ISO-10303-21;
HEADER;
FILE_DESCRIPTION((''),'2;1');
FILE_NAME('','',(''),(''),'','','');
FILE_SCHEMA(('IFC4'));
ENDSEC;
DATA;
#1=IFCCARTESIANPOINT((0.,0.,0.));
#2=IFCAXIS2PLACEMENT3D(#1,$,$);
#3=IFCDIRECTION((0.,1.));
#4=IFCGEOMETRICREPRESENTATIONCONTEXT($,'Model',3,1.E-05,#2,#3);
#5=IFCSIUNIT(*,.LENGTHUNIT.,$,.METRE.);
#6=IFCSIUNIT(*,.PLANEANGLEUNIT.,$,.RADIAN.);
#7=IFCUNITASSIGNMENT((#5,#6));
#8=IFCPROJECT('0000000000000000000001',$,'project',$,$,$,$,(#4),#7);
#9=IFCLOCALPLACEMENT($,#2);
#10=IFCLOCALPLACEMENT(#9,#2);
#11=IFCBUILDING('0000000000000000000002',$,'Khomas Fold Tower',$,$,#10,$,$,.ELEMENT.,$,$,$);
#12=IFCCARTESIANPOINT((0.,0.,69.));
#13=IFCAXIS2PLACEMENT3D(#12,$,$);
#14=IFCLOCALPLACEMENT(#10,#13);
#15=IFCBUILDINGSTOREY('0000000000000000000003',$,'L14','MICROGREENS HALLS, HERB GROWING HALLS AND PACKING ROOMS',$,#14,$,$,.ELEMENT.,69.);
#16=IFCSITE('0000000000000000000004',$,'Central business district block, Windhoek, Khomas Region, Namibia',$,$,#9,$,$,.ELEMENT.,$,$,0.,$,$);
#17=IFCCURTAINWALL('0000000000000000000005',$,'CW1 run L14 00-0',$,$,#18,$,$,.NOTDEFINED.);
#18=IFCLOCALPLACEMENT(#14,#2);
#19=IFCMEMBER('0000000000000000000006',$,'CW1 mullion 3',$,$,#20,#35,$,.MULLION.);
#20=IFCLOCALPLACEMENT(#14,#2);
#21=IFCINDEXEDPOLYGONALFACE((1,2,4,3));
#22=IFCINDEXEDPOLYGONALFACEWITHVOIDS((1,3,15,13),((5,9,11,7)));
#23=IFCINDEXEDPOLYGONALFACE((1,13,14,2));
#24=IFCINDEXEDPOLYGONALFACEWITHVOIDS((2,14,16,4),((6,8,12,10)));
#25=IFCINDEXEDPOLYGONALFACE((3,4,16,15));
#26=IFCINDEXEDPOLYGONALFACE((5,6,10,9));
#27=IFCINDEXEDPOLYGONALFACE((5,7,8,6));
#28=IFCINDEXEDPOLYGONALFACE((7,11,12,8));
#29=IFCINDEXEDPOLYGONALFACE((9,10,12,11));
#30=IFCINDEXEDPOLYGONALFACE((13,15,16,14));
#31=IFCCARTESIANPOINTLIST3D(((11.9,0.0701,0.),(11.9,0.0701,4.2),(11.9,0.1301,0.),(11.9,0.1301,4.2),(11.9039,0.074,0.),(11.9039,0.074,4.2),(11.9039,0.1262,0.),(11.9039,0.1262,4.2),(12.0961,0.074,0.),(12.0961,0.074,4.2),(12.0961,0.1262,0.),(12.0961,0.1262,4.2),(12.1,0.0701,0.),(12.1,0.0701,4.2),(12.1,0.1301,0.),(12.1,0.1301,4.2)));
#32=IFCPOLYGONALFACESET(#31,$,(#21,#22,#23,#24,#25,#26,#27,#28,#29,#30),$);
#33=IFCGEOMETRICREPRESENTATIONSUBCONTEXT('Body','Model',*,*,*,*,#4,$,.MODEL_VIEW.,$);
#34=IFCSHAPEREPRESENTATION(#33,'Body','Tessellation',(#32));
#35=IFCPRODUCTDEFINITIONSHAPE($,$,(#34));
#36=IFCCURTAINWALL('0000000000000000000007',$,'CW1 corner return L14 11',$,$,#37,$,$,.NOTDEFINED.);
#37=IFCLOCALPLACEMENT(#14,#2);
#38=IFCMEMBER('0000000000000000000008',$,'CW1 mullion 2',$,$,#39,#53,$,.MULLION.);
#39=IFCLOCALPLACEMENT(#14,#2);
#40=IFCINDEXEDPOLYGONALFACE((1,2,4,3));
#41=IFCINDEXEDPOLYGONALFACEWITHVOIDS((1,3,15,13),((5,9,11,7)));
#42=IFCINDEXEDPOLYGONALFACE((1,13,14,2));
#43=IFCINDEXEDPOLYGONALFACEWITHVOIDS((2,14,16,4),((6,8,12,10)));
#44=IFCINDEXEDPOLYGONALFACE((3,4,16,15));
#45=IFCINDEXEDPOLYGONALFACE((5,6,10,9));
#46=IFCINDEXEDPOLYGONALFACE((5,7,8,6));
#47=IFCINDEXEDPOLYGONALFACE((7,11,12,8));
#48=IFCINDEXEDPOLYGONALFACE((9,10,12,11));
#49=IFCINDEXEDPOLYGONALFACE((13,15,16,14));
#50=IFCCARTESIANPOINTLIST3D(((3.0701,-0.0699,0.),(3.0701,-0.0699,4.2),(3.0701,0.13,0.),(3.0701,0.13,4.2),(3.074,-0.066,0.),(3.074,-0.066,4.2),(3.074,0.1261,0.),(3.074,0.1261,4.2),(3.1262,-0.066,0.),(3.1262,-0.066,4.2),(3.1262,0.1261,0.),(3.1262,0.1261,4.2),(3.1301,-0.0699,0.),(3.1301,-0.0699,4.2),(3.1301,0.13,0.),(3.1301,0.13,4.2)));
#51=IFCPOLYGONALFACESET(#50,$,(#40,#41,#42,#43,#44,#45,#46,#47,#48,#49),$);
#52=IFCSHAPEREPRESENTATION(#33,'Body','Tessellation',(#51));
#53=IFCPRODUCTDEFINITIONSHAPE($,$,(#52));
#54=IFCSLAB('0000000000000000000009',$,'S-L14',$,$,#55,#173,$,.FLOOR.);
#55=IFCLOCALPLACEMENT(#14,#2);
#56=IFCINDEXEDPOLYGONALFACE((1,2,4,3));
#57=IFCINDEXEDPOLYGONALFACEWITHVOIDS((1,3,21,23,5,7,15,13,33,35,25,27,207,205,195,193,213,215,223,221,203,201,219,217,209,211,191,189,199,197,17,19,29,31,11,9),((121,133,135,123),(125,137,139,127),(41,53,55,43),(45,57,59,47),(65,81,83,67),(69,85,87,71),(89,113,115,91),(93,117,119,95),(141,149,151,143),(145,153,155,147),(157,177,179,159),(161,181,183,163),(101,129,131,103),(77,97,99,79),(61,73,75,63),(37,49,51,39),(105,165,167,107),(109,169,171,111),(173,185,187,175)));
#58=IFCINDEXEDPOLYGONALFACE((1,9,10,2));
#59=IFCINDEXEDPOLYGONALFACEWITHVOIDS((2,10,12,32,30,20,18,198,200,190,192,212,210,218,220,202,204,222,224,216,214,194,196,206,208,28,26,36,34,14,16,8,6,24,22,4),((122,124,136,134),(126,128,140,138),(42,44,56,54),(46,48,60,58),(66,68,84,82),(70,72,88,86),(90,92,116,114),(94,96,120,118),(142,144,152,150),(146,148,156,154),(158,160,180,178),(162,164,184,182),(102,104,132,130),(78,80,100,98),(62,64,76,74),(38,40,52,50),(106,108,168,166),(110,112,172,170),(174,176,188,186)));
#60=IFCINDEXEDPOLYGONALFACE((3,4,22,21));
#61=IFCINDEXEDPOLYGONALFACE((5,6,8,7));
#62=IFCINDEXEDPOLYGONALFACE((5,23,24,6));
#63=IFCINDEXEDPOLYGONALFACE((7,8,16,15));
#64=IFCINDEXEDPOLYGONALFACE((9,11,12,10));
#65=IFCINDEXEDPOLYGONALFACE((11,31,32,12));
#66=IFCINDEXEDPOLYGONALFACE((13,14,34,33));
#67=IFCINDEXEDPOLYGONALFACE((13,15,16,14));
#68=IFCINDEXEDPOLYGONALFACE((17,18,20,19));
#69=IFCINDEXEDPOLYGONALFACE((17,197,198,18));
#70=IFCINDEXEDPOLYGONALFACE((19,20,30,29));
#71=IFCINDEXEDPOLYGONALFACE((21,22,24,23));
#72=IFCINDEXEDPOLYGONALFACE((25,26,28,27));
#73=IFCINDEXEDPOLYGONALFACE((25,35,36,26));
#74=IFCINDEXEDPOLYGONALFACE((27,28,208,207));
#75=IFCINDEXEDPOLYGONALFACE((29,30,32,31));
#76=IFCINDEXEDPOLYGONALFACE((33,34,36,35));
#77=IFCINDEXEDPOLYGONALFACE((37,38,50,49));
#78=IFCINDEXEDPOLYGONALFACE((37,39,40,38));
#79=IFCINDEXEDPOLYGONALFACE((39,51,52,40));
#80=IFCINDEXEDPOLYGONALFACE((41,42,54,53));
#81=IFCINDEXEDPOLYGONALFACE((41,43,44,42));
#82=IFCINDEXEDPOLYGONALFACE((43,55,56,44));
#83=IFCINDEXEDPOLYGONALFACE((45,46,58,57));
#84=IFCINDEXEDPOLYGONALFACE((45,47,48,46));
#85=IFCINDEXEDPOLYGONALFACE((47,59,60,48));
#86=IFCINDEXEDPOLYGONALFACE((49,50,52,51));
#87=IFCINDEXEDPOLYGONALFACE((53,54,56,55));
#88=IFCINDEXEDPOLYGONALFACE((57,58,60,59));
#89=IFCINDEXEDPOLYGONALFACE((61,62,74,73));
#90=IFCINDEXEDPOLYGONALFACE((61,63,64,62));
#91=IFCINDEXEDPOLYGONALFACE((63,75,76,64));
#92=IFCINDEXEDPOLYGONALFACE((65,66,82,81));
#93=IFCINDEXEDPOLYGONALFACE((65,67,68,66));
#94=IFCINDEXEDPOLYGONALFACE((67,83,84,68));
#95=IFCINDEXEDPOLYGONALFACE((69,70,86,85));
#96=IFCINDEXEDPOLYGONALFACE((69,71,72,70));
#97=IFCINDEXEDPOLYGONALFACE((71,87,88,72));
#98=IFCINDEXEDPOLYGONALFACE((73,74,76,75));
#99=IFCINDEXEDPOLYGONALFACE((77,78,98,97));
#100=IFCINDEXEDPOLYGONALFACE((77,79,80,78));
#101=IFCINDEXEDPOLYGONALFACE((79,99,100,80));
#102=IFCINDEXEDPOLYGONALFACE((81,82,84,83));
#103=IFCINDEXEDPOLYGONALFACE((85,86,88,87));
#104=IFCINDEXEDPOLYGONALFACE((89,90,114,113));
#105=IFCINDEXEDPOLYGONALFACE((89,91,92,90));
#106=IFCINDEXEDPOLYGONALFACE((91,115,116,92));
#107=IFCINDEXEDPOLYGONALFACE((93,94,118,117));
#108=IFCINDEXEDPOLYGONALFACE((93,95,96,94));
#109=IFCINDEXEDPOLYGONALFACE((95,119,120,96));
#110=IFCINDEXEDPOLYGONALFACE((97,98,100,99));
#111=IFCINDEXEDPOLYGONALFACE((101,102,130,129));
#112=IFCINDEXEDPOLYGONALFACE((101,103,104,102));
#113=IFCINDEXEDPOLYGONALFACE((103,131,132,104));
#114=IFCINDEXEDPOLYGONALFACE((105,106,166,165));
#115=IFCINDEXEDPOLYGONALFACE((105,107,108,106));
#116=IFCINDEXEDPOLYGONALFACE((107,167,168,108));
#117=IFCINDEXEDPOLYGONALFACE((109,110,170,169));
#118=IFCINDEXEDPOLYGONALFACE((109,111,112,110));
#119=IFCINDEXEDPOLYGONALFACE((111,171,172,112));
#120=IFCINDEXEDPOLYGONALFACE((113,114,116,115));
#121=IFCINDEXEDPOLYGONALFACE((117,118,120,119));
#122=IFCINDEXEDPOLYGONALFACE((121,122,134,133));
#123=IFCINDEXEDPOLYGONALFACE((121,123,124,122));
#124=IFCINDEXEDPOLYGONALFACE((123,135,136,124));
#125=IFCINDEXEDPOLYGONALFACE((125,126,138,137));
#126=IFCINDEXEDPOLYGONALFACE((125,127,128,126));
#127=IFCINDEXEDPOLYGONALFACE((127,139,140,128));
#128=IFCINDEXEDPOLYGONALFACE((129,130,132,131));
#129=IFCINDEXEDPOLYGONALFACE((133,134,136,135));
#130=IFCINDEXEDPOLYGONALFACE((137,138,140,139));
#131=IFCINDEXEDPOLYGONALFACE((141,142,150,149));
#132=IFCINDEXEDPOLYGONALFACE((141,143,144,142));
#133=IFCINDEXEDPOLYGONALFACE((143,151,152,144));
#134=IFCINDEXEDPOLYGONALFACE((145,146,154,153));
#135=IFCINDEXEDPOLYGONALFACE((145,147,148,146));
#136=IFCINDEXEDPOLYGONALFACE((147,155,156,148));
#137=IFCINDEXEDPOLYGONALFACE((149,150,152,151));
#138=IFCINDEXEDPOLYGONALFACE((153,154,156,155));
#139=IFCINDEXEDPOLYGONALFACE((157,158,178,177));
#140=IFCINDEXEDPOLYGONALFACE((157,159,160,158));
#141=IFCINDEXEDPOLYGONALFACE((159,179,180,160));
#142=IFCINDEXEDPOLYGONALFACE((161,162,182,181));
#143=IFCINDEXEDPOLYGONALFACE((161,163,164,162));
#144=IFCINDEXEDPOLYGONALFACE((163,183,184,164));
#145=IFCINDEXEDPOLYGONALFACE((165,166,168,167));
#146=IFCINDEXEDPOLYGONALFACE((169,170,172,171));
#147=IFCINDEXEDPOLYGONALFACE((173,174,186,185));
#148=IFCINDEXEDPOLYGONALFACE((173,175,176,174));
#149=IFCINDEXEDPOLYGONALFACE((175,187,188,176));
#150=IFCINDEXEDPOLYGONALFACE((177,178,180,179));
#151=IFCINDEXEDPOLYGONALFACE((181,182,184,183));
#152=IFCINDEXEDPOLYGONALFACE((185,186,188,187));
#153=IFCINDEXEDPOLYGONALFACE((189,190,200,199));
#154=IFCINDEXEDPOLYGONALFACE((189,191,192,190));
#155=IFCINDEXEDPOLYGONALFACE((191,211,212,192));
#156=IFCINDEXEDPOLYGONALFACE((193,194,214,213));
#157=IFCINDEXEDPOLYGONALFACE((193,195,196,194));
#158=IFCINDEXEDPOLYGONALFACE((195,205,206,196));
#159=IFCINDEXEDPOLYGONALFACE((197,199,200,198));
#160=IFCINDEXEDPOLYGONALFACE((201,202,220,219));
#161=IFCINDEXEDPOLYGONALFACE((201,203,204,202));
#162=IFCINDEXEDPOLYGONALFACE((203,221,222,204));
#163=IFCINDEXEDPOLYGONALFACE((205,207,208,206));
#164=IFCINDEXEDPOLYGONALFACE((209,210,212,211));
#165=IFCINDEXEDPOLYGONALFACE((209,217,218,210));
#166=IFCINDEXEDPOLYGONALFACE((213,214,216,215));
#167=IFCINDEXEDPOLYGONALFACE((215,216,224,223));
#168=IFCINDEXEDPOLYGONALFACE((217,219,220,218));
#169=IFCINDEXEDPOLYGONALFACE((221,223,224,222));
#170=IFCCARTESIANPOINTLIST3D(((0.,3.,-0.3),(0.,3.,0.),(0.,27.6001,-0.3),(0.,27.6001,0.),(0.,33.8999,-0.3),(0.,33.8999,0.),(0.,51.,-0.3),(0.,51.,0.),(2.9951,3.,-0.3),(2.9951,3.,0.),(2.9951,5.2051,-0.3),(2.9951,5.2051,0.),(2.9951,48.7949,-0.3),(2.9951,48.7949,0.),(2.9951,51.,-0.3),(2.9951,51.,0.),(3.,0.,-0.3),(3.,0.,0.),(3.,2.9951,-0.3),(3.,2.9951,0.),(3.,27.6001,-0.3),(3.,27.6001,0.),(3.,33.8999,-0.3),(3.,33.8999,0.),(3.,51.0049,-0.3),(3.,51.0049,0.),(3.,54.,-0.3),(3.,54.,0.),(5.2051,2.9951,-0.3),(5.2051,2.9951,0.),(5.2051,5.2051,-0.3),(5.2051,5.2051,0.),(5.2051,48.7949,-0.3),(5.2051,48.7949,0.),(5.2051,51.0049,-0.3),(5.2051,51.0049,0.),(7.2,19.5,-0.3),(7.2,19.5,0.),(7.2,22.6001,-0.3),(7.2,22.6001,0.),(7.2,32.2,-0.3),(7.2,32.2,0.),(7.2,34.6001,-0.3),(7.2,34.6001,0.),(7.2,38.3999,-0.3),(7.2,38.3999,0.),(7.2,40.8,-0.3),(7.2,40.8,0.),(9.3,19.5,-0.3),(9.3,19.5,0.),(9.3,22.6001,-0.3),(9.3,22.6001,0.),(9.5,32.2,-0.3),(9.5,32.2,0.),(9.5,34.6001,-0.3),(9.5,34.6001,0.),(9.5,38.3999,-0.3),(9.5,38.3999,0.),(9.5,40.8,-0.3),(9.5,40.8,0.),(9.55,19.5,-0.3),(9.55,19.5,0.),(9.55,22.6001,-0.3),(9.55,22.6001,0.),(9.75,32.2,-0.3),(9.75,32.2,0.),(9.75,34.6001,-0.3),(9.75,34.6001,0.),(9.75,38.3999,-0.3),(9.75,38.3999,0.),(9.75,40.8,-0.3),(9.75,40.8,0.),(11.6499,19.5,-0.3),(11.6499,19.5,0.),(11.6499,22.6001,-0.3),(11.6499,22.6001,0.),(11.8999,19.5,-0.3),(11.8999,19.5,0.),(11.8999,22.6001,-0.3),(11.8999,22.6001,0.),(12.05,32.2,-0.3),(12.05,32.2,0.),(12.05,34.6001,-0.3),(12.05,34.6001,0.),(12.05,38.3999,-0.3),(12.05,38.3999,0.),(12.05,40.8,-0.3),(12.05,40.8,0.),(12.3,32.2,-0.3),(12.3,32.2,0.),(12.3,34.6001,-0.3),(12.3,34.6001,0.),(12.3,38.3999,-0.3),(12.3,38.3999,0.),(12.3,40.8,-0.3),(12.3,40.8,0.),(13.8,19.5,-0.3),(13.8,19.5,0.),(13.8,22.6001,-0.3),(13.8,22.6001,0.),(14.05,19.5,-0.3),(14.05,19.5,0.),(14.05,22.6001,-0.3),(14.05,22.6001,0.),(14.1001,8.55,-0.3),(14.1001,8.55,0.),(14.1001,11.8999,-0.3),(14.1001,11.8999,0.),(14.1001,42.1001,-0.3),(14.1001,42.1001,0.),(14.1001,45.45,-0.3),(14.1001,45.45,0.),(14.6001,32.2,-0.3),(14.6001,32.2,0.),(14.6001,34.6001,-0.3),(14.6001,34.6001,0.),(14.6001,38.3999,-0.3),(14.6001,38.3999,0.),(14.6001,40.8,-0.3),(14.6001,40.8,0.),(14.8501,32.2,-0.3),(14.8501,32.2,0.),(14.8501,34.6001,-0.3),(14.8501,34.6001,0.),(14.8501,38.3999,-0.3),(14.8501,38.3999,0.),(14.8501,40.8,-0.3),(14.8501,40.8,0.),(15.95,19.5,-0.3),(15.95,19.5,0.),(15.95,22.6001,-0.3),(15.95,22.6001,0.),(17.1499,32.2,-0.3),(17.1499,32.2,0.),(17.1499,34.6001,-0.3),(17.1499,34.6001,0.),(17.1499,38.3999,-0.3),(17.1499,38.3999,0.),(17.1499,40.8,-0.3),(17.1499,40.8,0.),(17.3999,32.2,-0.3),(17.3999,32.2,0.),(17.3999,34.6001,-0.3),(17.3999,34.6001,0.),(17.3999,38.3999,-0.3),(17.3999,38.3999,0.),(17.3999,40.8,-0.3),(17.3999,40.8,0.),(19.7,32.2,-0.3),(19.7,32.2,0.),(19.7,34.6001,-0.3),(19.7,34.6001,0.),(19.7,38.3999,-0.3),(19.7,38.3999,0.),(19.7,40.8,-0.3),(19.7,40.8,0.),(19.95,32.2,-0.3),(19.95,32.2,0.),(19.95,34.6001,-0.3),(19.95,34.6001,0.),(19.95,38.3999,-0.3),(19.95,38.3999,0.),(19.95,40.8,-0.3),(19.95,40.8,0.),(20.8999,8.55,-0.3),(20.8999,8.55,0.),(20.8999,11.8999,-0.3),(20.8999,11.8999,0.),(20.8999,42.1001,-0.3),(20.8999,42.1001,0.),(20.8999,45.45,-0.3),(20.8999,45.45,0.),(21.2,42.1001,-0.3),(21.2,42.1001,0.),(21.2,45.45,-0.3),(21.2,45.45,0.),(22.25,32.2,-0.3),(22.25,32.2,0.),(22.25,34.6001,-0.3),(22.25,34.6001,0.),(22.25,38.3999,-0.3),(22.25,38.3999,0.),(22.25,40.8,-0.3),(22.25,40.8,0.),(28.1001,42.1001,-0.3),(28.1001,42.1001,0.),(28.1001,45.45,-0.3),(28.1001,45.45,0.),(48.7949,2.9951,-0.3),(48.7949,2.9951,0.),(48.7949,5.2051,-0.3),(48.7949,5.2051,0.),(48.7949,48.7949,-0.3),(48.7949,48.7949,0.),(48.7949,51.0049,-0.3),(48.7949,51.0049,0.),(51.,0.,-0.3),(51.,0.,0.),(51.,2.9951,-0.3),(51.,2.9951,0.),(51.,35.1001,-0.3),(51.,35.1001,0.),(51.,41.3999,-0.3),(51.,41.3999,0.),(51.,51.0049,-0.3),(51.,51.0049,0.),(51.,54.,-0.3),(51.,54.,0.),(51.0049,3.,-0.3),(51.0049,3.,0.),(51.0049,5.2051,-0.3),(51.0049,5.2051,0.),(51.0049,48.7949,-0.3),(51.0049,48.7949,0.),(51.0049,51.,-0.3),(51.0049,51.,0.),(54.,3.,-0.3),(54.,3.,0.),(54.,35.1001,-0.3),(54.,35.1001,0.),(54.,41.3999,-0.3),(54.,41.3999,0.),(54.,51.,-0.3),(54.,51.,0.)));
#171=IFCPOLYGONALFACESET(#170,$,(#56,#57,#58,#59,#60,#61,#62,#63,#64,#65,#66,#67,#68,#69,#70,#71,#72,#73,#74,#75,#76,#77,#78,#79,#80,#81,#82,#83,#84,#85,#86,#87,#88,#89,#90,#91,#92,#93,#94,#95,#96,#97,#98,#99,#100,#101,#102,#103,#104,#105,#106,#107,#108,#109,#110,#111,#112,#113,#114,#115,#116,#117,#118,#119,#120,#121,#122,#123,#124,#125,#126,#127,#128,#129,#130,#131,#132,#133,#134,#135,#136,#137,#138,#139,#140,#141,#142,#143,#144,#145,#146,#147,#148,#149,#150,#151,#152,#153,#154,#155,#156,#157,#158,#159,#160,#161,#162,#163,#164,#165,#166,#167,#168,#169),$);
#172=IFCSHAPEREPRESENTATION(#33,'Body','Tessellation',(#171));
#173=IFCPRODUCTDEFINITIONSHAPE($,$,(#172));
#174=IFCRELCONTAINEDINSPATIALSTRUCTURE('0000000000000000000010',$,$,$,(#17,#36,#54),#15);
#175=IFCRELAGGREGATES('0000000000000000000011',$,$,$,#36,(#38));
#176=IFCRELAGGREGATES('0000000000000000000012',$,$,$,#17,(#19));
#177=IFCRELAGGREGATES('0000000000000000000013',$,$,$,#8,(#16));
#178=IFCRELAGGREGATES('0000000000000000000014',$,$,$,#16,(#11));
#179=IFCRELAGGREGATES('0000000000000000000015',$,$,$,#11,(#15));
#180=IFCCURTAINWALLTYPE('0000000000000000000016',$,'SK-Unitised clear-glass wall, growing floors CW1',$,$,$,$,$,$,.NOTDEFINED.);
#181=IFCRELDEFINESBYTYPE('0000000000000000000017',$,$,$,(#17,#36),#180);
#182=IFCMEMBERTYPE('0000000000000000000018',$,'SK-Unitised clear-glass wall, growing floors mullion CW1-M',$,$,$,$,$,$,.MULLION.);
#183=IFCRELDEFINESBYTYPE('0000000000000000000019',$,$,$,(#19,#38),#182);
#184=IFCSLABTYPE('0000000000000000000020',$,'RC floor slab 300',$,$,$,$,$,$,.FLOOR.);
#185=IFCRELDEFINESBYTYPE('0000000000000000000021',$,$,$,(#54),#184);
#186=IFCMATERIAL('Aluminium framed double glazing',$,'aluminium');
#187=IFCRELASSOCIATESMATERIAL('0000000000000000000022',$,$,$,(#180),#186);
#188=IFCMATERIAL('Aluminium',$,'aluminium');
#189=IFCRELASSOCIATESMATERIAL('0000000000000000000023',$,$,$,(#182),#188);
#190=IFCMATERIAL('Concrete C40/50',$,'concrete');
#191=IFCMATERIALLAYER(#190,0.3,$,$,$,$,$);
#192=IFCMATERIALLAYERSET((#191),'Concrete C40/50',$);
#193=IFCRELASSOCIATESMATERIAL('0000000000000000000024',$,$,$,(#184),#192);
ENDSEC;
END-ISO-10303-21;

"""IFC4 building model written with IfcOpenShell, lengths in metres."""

from ifc_helpers import new_model, si_unit, direction, frame, origin, origin_2d, place, context, subcontext, project, spatial, polyline, hollow_rectangle, outline, extrude, source, transform, mapped, material, layer, layer_set, material_profile, profile_set, type_object, element, aggregate, save


model = new_model("IFC4")

# Units and contexts
model_context = context("Model", 3, precision=1e-05, world=origin(), true_north=direction((0.0, 1.0)))
body_context = subcontext(model_context, "Body", "Model", "MODEL_VIEW")
ifc_project = project(units=[si_unit("LENGTHUNIT", "METRE"), si_unit("PLANEANGLEUNIT", "RADIAN")], contexts=[model_context])

# Site, building, storey
site_placement = place(None, origin())
site = spatial("IfcSite", under=ifc_project, at=site_placement, Name="Central business district block, Windhoek, Khomas Region, Namibia", CompositionType="ELEMENT", RefElevation=0.0)
building_placement = place(site_placement, origin())
building = spatial("IfcBuilding", under=site, at=building_placement, Name="Khomas Fold Tower", CompositionType="ELEMENT")
storey_placement = place(building_placement, frame((0.0, 0.0, 69.0)))
storey = spatial("IfcBuildingStorey", under=building, at=storey_placement, Name="L14", Description="MICROGREENS HALLS, HERB GROWING HALLS AND PACKING ROOMS", CompositionType="ELEMENT", Elevation=69.0)

# Curtain wall, member
ifc_material_1 = material(Name="Aluminium framed double glazing", Category="aluminium")
curtain_wall_type = type_object("IfcCurtainWallType", Name="SK-Unitised clear-glass wall, growing floors CW1", PredefinedType="NOTDEFINED", material=ifc_material_1)
curtain_wall_1_placement = place(storey_placement, origin())
curtain_wall_1 = element("IfcCurtainWall", 1, at=curtain_wall_1_placement, inside=storey, type_object=curtain_wall_type, Name="CW1 run L14 00-0", PredefinedType="NOTDEFINED")
ifc_material_2 = material(Name="Aluminium", Category="aluminium")
ifc_material_profile_1 = material_profile(ifc_material_2, hollow_rectangle(XDim=0.0601, YDim=0.2, WallThickness=0.0039, at=origin_2d()), Name="SK-Unitised clear-glass wall, growing floors mullion CW1-M")
ifc_profile_set_1 = profile_set([ifc_material_profile_1], Name="Aluminium")
member_type = type_object("IfcMemberType", Name="SK-Unitised clear-glass wall, growing floors mullion CW1-M", PredefinedType="MULLION", material=ifc_profile_set_1)
shared_shape_1 = source(origin(), body_context, "Body", "SweptSolid", [
    extrude(hollow_rectangle(XDim=0.0601, YDim=0.2, WallThickness=0.0039, at=origin_2d()), origin(), (0.0, 0.0, 1.0), 4.2),
])
member_1_placement = place(storey_placement, frame((12.0, 0.1001, 0.0), z_axis=(0.0, 0.0, 1.0), x_axis=(0.0, 1.0, 0.0)))
member_1 = element("IfcMember", 2, at=member_1_placement, type_object=member_type, Name="CW1 mullion 3", PredefinedType="MULLION", context=body_context, shape_type="MappedRepresentation", body=[
    mapped(shared_shape_1, transform((0.0, 0.0, 0.0))),
])

# Curtain wall, member
curtain_wall_2_placement = place(storey_placement, origin())
curtain_wall_2 = element("IfcCurtainWall", 3, at=curtain_wall_2_placement, inside=storey, type_object=curtain_wall_type, Name="CW1 corner return L14 11", PredefinedType="NOTDEFINED")
member_2_placement = place(storey_placement, frame((3.1001, 0.03, 0.0), z_axis=(0.0, 0.0, 1.0), x_axis=(1.0, 0.0, 0.0)))
member_2 = element("IfcMember", 4, at=member_2_placement, type_object=member_type, Name="CW1 mullion 2", PredefinedType="MULLION", context=body_context, shape_type="MappedRepresentation", body=[
    mapped(shared_shape_1, transform((0.0, 0.0, 0.0))),
])
aggregate(curtain_wall_2, [member_2])

# Slab
ifc_material_3 = material(Name="Concrete C40/50", Category="concrete")
ifc_layer_1 = layer(ifc_material_3, 0.3)
ifc_layer_set_1 = layer_set([ifc_layer_1], Name="Concrete C40/50")
slab_type_1 = type_object("IfcSlabType", Name="RC floor slab 300", PredefinedType="FLOOR", material=ifc_layer_set_1)
shared_shape_2 = source(origin(), body_context, "Body", "SweptSolid", [
    extrude(outline(polyline([(0.0, 3.0), (2.9951, 3.0), (2.9951, 5.2051), (5.2051, 5.2051), (5.2051, 2.9951), (3.0, 2.9951), (3.0, 0.0), (51.0, 0.0), (51.0, 2.9951), (48.7949, 2.9951), (48.7949, 5.2051), (51.0049, 5.2051), (51.0049, 3.0), (54.0, 3.0), (54.0, 35.1001), (51.0, 35.1001), (51.0, 41.3999), (54.0, 41.3999), (54.0, 51.0), (51.0049, 51.0), (51.0049, 48.7949), (48.7949, 48.7949), (48.7949, 51.0049), (51.0, 51.0049), (51.0, 54.0), (3.0, 54.0), (3.0, 51.0049), (5.2051, 51.0049), (5.2051, 48.7949), (2.9951, 48.7949), (2.9951, 51.0), (0.0, 51.0), (0.0, 33.8999), (3.0, 33.8999), (3.0, 27.6001), (0.0, 27.6001), (0.0, 3.0)]), holes=[polyline([(7.2, 19.5), (7.2, 22.6001), (9.3, 22.6001), (9.3, 19.5), (7.2, 19.5)]), polyline([(7.2, 32.2), (7.2, 34.6001), (9.5, 34.6001), (9.5, 32.2), (7.2, 32.2)]), polyline([(7.2, 38.3999), (7.2, 40.8), (9.5, 40.8), (9.5, 38.3999), (7.2, 38.3999)]), polyline([(9.55, 19.5), (9.55, 22.6001), (11.6499, 22.6001), (11.6499, 19.5), (9.55, 19.5)]), polyline([(9.75, 32.2), (9.75, 34.6001), (12.05, 34.6001), (12.05, 32.2), (9.75, 32.2)]), polyline([(9.75, 38.3999), (9.75, 40.8), (12.05, 40.8), (12.05, 38.3999), (9.75, 38.3999)]), polyline([(11.8999, 19.5), (11.8999, 22.6001), (13.8, 22.6001), (13.8, 19.5), (11.8999, 19.5)]), polyline([(12.3, 32.2), (12.3, 34.6001), (14.6001, 34.6001), (14.6001, 32.2), (12.3, 32.2)]), polyline([(12.3, 38.3999), (12.3, 40.8), (14.6001, 40.8), (14.6001, 38.3999), (12.3, 38.3999)]), polyline([(14.05, 19.5), (14.05, 22.6001), (15.95, 22.6001), (15.95, 19.5), (14.05, 19.5)]), polyline([(14.1001, 8.55), (14.1001, 11.8999), (20.8999, 11.8999), (20.8999, 8.55), (14.1001, 8.55)]), polyline([(14.1001, 42.1001), (14.1001, 45.45), (20.8999, 45.45), (20.8999, 42.1001), (14.1001, 42.1001)]), polyline([(14.8501, 32.2), (14.8501, 34.6001), (17.1499, 34.6001), (17.1499, 32.2), (14.8501, 32.2)]), polyline([(14.8501, 38.3999), (14.8501, 40.8), (17.1499, 40.8), (17.1499, 38.3999), (14.8501, 38.3999)]), polyline([(17.3999, 32.2), (17.3999, 34.6001), (19.7, 34.6001), (19.7, 32.2), (17.3999, 32.2)]), polyline([(17.3999, 38.3999), (17.3999, 40.8), (19.7, 40.8), (19.7, 38.3999), (17.3999, 38.3999)]), polyline([(19.95, 32.2), (19.95, 34.6001), (22.25, 34.6001), (22.25, 32.2), (19.95, 32.2)]), polyline([(19.95, 38.3999), (19.95, 40.8), (22.25, 40.8), (22.25, 38.3999), (19.95, 38.3999)]), polyline([(21.2, 42.1001), (21.2, 45.45), (28.1001, 45.45), (28.1001, 42.1001), (21.2, 42.1001)])]), origin(), (0.0, 0.0, 1.0), 0.3),
])
slab_1_placement = place(storey_placement, frame((0.0, 0.0, -0.3)))
element("IfcSlab", 5, at=slab_1_placement, inside=storey, type_object=slab_type_1, Name="S-L14", PredefinedType="FLOOR", context=body_context, shape_type="MappedRepresentation", body=[
    mapped(shared_shape_2, transform((0.0, 0.0, 0.0))),
])

aggregate(curtain_wall_1, [member_1])

save(model, "model.ifc")
